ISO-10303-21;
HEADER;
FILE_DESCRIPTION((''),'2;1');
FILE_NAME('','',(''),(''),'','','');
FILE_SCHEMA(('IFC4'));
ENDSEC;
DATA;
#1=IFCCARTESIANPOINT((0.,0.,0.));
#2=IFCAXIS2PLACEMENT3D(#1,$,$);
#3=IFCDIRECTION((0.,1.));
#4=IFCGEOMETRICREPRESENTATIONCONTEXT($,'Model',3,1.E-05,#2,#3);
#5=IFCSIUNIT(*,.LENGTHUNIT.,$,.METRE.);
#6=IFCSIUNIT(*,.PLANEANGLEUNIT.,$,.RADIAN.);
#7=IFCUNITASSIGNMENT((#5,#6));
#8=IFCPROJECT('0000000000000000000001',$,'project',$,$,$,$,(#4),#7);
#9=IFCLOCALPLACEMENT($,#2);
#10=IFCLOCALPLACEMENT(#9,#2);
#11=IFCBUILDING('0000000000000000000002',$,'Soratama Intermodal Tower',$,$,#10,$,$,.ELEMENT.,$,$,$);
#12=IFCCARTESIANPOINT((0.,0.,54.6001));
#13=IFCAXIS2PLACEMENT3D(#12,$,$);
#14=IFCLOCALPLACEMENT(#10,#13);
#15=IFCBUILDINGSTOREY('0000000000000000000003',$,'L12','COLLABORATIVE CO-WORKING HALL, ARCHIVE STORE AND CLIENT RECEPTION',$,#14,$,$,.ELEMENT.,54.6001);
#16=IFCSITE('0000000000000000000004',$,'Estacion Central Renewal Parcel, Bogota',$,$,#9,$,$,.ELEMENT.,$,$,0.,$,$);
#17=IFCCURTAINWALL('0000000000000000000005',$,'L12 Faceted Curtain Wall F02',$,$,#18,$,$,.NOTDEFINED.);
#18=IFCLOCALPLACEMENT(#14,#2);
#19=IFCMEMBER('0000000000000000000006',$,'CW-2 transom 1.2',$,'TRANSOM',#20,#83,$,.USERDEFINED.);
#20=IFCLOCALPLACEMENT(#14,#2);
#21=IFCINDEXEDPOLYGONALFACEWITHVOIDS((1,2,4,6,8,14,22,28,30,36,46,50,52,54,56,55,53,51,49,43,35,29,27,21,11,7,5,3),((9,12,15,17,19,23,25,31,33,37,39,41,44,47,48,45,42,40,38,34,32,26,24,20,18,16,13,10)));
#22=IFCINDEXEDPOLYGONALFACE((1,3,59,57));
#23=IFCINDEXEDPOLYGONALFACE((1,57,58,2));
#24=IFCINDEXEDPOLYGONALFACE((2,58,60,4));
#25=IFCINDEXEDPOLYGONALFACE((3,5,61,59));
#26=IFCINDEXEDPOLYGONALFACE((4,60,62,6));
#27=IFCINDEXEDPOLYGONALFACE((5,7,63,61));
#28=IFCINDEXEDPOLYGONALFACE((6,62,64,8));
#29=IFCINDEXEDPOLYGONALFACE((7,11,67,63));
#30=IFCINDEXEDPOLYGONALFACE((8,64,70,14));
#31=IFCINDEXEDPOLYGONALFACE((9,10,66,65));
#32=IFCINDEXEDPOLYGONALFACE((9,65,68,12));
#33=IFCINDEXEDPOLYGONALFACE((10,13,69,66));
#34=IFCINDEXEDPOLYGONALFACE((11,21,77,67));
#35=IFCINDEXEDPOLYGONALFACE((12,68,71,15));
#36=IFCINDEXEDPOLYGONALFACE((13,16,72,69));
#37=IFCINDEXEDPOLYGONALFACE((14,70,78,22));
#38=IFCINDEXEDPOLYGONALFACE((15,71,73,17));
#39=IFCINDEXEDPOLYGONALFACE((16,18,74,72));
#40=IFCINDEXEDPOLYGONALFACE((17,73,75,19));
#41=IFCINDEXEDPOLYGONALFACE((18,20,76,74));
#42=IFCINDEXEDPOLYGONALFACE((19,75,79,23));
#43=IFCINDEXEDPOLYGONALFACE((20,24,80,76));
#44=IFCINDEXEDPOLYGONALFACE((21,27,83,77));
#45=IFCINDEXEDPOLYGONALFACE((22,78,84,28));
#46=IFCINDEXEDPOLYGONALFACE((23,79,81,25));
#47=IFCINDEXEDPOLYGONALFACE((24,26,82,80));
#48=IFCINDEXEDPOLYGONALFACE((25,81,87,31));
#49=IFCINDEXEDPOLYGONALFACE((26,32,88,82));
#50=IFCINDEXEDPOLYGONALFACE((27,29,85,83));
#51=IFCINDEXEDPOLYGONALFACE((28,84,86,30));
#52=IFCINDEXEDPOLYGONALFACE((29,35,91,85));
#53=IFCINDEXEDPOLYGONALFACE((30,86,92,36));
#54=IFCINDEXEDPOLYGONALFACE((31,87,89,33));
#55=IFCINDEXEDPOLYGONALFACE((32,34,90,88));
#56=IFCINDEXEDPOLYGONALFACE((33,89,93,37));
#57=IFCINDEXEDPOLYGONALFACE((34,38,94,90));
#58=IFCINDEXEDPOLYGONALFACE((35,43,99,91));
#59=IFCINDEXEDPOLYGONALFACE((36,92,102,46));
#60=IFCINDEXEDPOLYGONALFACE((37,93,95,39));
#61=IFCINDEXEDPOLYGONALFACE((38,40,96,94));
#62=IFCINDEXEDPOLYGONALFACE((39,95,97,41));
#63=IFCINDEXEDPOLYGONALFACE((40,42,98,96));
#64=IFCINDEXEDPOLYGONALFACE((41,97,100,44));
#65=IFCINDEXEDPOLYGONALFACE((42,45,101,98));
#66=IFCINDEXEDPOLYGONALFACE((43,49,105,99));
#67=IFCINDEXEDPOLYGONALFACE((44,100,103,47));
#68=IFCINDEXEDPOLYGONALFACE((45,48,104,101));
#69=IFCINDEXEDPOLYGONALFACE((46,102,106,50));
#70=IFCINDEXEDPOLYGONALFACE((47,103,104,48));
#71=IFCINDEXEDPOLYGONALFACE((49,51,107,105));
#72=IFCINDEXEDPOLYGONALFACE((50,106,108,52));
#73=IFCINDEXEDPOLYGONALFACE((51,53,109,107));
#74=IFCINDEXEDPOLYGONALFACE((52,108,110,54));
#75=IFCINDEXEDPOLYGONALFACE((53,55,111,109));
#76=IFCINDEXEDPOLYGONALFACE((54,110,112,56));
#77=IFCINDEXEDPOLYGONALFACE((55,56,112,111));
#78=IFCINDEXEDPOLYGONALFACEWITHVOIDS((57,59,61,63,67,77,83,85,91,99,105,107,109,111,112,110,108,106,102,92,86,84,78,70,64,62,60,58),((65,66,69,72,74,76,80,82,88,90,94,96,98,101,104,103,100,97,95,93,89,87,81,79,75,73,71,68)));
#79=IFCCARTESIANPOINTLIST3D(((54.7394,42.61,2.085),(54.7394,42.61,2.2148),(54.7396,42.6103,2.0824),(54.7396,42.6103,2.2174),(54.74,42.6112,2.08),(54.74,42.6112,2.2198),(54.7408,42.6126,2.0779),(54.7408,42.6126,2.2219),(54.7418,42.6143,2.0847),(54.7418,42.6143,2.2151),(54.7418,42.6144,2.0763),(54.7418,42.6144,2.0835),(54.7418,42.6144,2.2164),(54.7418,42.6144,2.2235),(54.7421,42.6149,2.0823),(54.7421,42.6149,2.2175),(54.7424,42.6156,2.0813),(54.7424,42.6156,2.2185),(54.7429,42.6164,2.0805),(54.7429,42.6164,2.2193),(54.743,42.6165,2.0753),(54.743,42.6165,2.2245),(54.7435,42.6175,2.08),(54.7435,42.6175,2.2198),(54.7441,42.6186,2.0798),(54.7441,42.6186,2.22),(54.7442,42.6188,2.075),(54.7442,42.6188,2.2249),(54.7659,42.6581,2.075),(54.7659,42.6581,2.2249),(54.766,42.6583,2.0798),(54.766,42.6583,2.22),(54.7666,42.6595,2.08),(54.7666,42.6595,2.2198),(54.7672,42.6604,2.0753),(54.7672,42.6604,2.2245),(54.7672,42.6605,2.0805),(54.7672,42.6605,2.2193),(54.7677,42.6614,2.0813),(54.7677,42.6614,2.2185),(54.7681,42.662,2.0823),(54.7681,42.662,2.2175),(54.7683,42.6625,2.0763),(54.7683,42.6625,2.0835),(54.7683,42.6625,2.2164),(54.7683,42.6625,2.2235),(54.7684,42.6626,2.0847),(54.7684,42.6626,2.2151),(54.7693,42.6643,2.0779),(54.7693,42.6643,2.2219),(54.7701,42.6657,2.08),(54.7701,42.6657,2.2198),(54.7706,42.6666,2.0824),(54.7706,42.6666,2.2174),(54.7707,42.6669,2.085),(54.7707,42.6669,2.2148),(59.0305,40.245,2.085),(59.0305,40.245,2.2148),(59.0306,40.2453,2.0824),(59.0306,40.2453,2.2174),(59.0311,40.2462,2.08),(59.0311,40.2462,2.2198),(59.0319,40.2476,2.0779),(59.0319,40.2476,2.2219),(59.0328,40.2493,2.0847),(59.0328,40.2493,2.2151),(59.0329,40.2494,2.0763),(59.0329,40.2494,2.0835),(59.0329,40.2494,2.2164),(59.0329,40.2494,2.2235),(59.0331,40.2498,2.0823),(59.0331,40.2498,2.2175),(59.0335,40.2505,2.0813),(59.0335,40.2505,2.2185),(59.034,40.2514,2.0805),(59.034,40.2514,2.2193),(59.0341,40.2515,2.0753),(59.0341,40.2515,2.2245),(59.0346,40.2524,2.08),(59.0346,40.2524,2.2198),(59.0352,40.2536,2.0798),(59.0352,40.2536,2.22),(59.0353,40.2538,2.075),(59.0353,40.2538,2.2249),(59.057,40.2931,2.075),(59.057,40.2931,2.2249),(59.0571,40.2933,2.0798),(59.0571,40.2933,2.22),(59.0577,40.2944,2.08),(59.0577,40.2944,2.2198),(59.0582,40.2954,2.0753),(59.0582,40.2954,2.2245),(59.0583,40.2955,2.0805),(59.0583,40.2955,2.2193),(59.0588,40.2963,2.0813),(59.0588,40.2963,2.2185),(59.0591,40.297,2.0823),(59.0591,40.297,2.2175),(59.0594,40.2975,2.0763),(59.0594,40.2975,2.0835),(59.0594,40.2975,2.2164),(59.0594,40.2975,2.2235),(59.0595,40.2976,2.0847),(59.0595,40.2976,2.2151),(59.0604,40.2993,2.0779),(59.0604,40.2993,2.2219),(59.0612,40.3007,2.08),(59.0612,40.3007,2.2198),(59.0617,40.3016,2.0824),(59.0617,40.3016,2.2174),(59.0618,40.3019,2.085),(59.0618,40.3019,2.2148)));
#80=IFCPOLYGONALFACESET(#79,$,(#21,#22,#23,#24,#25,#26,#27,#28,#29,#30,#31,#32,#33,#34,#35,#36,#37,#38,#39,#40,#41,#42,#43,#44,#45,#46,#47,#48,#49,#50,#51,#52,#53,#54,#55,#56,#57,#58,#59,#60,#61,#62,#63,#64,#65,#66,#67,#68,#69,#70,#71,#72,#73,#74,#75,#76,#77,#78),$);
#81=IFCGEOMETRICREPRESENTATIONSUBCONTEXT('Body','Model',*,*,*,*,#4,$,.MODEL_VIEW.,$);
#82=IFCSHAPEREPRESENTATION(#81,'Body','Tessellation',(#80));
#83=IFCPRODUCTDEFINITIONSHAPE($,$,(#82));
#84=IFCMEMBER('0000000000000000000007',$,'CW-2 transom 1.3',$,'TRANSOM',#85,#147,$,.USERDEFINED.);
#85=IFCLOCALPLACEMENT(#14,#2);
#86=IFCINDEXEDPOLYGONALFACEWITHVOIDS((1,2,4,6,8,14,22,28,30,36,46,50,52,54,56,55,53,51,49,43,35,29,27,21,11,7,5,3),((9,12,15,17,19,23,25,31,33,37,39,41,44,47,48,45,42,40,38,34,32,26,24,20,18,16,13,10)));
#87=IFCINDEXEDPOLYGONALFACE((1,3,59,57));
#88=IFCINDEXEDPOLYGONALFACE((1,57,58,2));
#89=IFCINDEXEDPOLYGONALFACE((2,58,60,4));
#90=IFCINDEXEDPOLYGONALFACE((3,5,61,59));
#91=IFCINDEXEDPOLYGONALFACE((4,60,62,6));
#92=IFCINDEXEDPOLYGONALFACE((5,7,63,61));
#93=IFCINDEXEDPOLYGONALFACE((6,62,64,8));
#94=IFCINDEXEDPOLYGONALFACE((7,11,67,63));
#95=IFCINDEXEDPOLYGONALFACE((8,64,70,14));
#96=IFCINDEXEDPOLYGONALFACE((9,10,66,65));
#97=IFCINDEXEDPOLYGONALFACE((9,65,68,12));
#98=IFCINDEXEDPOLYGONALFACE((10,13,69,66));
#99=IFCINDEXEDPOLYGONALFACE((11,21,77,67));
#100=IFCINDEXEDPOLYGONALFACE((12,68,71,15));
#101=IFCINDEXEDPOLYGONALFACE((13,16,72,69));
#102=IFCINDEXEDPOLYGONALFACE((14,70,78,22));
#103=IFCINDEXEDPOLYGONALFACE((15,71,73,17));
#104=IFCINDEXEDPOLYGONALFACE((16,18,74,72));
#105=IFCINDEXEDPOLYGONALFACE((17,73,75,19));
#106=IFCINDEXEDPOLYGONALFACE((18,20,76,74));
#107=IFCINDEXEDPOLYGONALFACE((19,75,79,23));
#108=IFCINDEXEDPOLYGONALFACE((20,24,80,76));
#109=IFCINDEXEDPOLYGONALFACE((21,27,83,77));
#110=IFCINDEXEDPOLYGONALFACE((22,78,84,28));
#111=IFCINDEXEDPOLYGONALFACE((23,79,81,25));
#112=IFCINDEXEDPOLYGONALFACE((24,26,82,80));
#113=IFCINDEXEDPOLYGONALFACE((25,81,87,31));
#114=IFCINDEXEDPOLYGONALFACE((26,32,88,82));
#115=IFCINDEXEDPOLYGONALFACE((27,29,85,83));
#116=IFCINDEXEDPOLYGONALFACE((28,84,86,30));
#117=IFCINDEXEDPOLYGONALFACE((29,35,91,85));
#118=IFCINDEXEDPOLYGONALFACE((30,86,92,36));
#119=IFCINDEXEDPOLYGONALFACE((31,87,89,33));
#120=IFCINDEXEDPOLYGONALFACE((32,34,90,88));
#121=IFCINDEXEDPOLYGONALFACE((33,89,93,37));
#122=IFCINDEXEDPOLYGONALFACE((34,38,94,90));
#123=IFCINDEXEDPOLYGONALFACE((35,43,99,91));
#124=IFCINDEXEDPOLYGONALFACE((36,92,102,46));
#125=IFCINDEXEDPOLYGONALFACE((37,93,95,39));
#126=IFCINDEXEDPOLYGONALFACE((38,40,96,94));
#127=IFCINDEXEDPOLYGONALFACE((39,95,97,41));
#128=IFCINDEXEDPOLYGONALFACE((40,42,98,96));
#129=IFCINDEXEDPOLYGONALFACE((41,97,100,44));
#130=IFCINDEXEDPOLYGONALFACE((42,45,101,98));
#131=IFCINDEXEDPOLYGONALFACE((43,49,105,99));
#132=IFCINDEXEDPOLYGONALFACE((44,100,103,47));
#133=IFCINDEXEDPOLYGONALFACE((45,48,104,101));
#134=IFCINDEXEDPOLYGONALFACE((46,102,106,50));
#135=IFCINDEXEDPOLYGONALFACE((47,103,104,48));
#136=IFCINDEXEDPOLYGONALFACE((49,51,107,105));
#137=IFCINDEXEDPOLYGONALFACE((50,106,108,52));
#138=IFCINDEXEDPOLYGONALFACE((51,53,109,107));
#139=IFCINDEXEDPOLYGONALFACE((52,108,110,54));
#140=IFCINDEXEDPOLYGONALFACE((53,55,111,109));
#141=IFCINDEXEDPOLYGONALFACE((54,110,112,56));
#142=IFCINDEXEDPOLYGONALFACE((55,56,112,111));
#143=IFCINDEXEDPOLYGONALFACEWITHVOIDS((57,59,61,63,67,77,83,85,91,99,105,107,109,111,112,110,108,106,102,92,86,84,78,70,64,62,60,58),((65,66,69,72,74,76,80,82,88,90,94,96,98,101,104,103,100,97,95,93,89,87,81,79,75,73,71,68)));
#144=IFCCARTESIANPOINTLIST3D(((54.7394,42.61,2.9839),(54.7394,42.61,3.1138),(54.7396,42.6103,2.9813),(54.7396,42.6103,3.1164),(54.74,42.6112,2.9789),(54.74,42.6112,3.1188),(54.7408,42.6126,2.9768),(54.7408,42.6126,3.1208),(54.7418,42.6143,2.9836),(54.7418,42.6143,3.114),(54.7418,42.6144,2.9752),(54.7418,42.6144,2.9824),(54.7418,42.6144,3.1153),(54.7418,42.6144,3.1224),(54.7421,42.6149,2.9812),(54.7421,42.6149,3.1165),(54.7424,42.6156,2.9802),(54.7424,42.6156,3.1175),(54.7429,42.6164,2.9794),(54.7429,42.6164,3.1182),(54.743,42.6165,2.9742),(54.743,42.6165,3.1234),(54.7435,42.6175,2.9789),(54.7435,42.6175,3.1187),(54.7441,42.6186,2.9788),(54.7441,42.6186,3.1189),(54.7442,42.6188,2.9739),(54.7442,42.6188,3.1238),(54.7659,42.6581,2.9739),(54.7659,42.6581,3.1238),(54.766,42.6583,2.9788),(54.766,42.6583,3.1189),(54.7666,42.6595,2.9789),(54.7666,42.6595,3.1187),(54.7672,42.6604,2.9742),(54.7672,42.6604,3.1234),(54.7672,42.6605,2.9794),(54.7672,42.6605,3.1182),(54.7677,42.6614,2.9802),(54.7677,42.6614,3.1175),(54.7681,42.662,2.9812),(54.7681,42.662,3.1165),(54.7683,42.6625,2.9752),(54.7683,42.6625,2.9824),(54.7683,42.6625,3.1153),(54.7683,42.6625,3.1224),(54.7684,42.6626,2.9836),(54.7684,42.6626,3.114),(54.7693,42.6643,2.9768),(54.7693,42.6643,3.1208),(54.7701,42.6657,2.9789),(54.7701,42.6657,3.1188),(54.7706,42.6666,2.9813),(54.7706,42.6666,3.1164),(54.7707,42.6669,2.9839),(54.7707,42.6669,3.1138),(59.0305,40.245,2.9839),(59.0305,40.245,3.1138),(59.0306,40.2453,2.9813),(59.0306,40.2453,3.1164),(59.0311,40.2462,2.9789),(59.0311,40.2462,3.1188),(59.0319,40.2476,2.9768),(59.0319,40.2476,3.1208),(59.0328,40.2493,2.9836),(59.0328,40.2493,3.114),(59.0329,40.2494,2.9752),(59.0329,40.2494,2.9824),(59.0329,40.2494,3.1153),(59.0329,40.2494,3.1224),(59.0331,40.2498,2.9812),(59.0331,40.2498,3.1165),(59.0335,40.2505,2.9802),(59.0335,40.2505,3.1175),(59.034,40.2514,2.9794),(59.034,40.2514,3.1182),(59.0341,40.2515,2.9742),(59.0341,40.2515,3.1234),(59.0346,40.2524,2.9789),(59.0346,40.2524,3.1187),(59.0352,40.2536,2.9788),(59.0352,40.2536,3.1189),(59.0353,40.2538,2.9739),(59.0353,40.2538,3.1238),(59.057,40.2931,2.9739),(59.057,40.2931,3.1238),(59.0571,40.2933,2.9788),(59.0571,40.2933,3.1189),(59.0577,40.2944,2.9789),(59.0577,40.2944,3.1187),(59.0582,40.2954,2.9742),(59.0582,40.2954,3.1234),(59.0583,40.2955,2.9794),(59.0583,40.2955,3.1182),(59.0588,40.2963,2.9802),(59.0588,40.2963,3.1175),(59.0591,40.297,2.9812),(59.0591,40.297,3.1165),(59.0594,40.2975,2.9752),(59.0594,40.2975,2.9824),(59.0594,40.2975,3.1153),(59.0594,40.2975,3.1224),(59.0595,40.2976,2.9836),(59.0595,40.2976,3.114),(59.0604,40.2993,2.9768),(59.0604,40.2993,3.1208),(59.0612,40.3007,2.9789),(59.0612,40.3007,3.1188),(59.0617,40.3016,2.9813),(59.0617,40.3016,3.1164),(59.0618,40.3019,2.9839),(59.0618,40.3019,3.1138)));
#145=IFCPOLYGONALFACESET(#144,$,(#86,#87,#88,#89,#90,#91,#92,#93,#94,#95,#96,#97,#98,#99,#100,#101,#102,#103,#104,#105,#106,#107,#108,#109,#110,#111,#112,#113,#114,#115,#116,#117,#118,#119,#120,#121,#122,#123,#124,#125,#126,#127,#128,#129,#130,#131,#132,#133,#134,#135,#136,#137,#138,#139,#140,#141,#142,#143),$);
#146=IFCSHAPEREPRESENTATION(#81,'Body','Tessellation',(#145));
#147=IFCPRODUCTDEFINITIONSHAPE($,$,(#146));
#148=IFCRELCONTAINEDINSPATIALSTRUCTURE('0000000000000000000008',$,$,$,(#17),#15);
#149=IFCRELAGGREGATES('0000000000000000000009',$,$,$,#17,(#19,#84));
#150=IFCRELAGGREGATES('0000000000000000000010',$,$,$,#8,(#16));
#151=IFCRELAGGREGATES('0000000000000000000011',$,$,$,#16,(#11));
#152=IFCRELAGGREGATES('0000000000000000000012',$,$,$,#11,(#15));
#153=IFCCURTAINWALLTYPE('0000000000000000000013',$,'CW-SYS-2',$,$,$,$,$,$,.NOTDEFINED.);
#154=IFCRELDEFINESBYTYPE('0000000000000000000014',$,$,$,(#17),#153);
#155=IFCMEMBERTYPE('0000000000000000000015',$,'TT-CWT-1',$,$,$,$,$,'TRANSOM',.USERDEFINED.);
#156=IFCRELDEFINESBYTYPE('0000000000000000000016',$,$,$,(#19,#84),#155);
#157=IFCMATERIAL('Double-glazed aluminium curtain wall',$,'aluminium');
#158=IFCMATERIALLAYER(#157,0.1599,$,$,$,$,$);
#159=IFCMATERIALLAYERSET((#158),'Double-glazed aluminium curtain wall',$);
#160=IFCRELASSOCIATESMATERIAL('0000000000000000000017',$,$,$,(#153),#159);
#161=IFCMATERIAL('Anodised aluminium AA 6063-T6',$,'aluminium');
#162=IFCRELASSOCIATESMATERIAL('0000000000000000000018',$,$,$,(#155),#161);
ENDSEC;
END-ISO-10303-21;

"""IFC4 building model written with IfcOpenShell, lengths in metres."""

from ifc_helpers import new_model, si_unit, direction, frame, origin, origin_2d, place, context, subcontext, project, spatial, hollow_rectangle, extrude, material, layer, layer_set, material_profile, profile_set, type_object, element, aggregate, save


model = new_model("IFC4")

# Units and contexts
model_context = context("Model", 3, precision=1e-05, world=origin(), true_north=direction((0.0, 1.0)))
body_context = subcontext(model_context, "Body", "Model", "MODEL_VIEW")
ifc_project = project(units=[si_unit("LENGTHUNIT", "METRE"), si_unit("PLANEANGLEUNIT", "RADIAN")], contexts=[model_context])

# Site, building, storey
site_placement = place(None, origin())
site = spatial("IfcSite", under=ifc_project, at=site_placement, Name="Estacion Central Renewal Parcel, Bogota", CompositionType="ELEMENT", RefElevation=0.0)
building_placement = place(site_placement, origin())
building = spatial("IfcBuilding", under=site, at=building_placement, Name="Soratama Intermodal Tower", CompositionType="ELEMENT")
storey_placement = place(building_placement, frame((0.0, 0.0, 54.6001)))
storey = spatial("IfcBuildingStorey", under=building, at=storey_placement, Name="L12", Description="COLLABORATIVE CO-WORKING HALL, ARCHIVE STORE AND CLIENT RECEPTION", CompositionType="ELEMENT", Elevation=54.6001)

# Shared definitions
ifc_material_1 = material(Name="Double-glazed aluminium curtain wall", Category="aluminium")
ifc_layer_1 = layer(ifc_material_1, 0.1599)
ifc_layer_set_1 = layer_set([ifc_layer_1], Name="Double-glazed aluminium curtain wall")
curtain_wall_type = type_object("IfcCurtainWallType", Name="CW-SYS-2", PredefinedType="NOTDEFINED", material=ifc_layer_set_1)

# Curtain wall, members
curtain_wall_1_placement = place(storey_placement, origin())
curtain_wall_1 = element("IfcCurtainWall", 1, at=curtain_wall_1_placement, inside=storey, type_object=curtain_wall_type, Name="L12 Faceted Curtain Wall F02", PredefinedType="NOTDEFINED")
ifc_material_2 = material(Name="Anodised aluminium AA 6063-T6", Category="aluminium")
ifc_material_profile_1 = material_profile(ifc_material_2, hollow_rectangle(XDim=0.0649, YDim=0.1499, WallThickness=0.0049, InnerFilletRadius=0.0049, OuterFilletRadius=0.01, at=origin_2d()), Name="CWT150X65X5")
ifc_profile_set_1 = profile_set([ifc_material_profile_1], Name="Anodised aluminium AA 6063-T6")
member_type_1 = type_object("IfcMemberType", Name="TT-CWT-1", ElementType="TRANSOM", PredefinedType="USERDEFINED", material=ifc_profile_set_1)
member_1_placement = place(storey_placement, frame((59.0461, 40.2734, 2.1499), z_axis=(-0.875791, 0.482691, 0.0), x_axis=(-0.482691, -0.875791, 0.0)))
member_1 = element("IfcMember", 2, at=member_1_placement, type_object=member_type_1, Name="CW-2 transom 1.2", ObjectType="TRANSOM", PredefinedType="USERDEFINED", context=body_context, shape_type="SweptSolid", body=[
    extrude(hollow_rectangle(XDim=0.0649, YDim=0.1499, WallThickness=0.0049, InnerFilletRadius=0.0049, OuterFilletRadius=0.01, at=origin_2d()), origin(), (0.0, 0.0, 1.0), 4.8997),
])
member_2_placement = place(storey_placement, frame((59.0461, 40.2734, 3.0488), z_axis=(-0.875791, 0.482691, 0.0), x_axis=(-0.482691, -0.875791, 0.0)))
member_2 = element("IfcMember", 3, at=member_2_placement, type_object=member_type_1, Name="CW-2 transom 1.3", ObjectType="TRANSOM", PredefinedType="USERDEFINED", context=body_context, shape_type="SweptSolid", body=[
    extrude(hollow_rectangle(XDim=0.0649, YDim=0.1499, WallThickness=0.0049, InnerFilletRadius=0.0049, OuterFilletRadius=0.01, at=origin_2d()), origin(), (0.0, 0.0, 1.0), 4.8997),
])

aggregate(curtain_wall_1, [member_1, member_2])

save(model, "model.ifc")
